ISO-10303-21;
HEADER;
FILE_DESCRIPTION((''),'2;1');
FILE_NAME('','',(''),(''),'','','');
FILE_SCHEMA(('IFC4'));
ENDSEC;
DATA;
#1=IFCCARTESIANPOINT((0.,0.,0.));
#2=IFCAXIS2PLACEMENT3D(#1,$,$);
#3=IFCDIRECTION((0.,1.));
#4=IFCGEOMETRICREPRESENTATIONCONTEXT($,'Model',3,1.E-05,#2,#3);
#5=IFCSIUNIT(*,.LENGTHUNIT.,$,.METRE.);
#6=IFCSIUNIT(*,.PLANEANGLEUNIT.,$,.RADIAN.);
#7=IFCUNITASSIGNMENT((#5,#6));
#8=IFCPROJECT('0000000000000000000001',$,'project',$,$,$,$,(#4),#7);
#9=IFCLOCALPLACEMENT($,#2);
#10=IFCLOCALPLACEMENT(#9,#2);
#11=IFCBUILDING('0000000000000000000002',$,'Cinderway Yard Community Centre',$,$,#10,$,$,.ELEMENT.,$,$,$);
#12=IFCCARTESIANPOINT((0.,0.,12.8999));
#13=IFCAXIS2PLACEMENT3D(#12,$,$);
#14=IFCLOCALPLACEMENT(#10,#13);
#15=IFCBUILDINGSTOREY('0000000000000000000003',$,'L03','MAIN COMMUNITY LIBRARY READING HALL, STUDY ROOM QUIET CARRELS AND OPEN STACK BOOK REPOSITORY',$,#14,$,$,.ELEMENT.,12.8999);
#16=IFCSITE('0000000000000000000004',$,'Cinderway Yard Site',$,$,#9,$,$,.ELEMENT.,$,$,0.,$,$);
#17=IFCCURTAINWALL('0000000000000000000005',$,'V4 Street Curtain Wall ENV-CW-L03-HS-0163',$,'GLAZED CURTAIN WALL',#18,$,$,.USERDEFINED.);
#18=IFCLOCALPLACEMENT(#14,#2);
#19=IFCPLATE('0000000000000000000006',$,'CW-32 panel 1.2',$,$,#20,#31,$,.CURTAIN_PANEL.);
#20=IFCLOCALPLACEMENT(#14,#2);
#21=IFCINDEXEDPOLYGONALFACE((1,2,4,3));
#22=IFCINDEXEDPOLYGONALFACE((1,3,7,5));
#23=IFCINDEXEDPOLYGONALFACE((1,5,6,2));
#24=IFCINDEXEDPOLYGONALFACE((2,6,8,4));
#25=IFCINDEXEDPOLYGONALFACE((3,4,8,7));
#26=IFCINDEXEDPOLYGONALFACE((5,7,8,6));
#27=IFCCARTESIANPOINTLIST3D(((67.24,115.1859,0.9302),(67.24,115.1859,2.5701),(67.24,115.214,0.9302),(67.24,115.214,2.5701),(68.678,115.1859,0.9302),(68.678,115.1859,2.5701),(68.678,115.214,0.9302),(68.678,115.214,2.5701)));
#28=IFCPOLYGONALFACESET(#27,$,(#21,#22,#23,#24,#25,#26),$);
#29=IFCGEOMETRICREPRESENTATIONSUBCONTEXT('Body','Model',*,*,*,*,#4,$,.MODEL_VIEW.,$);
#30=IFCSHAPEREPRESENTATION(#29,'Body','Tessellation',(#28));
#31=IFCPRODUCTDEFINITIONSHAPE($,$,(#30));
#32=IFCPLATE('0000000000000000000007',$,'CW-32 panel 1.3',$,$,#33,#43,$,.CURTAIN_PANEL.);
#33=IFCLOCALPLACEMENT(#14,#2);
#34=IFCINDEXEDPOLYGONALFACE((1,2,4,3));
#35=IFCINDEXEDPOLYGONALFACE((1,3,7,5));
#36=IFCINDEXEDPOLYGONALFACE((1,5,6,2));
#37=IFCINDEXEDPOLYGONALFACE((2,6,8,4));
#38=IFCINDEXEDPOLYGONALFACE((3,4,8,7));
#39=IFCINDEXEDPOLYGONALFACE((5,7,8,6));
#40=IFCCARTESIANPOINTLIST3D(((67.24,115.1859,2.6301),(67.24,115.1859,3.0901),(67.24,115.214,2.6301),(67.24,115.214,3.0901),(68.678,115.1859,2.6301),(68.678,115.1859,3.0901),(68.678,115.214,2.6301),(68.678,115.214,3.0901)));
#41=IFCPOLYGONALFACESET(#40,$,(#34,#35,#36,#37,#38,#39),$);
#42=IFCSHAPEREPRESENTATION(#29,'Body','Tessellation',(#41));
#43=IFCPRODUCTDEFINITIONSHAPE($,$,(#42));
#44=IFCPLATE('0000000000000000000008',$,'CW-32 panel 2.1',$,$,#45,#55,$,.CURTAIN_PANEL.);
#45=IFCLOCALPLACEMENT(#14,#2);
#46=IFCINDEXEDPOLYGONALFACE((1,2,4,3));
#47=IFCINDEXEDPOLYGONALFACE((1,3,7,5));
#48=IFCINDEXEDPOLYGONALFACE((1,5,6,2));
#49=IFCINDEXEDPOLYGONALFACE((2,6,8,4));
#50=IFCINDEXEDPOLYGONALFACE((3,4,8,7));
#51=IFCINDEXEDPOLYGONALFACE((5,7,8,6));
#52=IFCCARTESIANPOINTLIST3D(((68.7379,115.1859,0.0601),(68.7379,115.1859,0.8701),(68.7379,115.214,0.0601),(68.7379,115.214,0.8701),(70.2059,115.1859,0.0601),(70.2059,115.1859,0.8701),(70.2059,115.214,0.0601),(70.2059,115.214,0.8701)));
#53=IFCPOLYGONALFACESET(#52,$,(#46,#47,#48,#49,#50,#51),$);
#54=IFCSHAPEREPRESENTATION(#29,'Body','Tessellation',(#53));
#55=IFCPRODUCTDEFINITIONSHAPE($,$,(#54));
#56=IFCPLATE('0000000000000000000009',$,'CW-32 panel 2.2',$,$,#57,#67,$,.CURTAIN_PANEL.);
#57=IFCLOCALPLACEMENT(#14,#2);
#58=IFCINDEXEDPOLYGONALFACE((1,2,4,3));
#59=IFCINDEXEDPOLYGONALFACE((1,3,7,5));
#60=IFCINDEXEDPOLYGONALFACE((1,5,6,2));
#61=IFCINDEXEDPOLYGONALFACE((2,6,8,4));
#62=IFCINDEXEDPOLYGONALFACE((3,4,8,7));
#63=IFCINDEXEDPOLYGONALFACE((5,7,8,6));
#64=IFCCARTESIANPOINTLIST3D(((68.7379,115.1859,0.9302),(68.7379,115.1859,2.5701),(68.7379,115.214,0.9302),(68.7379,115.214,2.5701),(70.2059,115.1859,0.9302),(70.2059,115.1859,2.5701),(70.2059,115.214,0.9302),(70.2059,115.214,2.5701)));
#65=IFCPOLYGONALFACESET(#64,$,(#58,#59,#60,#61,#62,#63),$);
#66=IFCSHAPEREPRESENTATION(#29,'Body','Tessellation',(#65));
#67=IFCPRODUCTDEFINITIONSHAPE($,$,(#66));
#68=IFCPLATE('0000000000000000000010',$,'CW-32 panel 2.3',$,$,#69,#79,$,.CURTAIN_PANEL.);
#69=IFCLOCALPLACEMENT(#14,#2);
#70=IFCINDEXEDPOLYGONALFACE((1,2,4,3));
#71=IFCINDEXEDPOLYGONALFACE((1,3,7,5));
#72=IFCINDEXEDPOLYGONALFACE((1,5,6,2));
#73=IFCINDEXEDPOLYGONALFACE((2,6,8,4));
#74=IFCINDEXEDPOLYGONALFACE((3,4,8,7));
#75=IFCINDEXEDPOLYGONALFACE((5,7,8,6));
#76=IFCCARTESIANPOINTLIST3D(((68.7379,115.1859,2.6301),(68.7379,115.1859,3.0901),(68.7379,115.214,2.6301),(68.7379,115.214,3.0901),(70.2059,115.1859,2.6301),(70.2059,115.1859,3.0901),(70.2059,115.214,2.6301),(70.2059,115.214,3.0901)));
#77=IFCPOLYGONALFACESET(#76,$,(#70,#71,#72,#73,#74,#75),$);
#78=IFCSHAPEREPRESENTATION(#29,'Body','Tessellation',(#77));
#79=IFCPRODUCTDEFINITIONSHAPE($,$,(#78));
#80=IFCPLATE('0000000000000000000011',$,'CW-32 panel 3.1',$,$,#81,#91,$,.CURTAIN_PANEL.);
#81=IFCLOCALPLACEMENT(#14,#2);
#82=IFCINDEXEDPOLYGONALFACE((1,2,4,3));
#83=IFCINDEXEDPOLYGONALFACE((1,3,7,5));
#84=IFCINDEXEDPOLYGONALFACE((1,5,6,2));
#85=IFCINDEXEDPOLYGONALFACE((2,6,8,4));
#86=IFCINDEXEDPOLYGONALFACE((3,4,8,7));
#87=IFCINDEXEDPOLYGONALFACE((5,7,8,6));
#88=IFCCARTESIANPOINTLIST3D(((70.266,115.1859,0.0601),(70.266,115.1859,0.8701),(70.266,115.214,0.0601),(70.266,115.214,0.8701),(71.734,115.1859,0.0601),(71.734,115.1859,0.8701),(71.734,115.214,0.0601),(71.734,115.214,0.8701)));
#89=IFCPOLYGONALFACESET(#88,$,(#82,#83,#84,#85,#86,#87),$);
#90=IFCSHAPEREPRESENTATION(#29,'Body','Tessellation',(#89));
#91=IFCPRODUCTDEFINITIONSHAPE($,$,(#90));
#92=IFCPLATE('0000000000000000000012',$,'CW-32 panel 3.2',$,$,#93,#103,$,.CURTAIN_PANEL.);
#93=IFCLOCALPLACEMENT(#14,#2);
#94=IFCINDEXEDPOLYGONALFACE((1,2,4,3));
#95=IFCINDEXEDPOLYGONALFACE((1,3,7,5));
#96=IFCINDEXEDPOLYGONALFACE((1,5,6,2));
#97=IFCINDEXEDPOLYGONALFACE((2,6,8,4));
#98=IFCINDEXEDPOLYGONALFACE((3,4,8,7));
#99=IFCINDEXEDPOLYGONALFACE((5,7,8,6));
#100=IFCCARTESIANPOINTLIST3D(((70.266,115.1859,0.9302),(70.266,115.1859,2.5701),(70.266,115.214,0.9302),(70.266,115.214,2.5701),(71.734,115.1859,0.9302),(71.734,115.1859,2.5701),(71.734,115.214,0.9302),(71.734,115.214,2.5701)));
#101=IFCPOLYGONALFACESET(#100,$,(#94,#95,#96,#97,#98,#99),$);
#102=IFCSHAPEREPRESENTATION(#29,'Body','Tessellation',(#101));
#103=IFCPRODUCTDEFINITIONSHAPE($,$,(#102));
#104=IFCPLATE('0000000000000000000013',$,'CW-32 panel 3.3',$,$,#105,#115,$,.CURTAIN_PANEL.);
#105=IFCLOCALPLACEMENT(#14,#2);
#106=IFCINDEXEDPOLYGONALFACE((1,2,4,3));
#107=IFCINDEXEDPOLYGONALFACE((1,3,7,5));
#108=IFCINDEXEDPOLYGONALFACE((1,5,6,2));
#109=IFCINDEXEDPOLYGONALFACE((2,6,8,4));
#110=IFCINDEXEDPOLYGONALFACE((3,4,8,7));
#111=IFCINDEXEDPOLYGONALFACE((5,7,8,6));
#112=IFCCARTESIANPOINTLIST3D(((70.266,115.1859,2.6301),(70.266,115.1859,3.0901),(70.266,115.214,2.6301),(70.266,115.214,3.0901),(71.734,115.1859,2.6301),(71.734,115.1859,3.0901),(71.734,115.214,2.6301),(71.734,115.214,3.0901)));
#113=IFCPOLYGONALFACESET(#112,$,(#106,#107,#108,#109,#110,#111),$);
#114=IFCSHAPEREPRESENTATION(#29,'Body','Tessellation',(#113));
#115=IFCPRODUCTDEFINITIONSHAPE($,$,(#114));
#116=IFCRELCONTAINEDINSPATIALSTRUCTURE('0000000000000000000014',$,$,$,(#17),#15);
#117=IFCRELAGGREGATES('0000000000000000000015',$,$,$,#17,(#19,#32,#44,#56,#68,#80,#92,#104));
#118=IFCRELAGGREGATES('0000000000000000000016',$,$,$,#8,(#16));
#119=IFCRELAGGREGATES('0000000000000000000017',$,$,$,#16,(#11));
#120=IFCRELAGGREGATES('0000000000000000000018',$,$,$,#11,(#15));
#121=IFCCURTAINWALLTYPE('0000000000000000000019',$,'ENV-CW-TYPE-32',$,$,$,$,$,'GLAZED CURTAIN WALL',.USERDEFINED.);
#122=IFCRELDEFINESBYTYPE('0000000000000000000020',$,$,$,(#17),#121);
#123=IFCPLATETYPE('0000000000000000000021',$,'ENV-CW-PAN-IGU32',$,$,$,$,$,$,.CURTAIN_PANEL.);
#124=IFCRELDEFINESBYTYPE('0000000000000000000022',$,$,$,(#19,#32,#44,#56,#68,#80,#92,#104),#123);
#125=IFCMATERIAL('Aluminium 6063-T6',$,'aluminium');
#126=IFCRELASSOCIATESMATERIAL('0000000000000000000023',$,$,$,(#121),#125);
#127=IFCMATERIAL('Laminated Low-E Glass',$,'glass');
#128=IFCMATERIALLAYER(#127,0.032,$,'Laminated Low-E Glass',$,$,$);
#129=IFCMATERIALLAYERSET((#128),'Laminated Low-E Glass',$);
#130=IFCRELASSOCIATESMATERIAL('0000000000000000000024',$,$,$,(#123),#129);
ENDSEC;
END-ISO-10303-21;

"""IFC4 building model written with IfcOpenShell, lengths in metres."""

from ifc_helpers import new_model, si_unit, direction, frame, origin, origin_2d, place, context, subcontext, project, spatial, rectangle, extrude, material, layer, layer_set, type_object, element, aggregate, save


model = new_model("IFC4")

# Units and contexts
model_context = context("Model", 3, precision=1e-05, world=origin(), true_north=direction((0.0, 1.0)))
body_context = subcontext(model_context, "Body", "Model", "MODEL_VIEW")
ifc_project = project(units=[si_unit("LENGTHUNIT", "METRE"), si_unit("PLANEANGLEUNIT", "RADIAN")], contexts=[model_context])

# Site, building, storey
site_placement = place(None, origin())
site = spatial("IfcSite", under=ifc_project, at=site_placement, Name="Cinderway Yard Site", CompositionType="ELEMENT", RefElevation=0.0)
building_placement = place(site_placement, origin())
building = spatial("IfcBuilding", under=site, at=building_placement, Name="Cinderway Yard Community Centre", CompositionType="ELEMENT")
storey_placement = place(building_placement, frame((0.0, 0.0, 12.8999)))
storey = spatial("IfcBuildingStorey", under=building, at=storey_placement, Name="L03", Description="MAIN COMMUNITY LIBRARY READING HALL, STUDY ROOM QUIET CARRELS AND OPEN STACK BOOK REPOSITORY", CompositionType="ELEMENT", Elevation=12.8999)

# Curtain wall, plates
ifc_material_1 = material(Name="Aluminium 6063-T6", Category="aluminium")
curtain_wall_type = type_object("IfcCurtainWallType", Name="ENV-CW-TYPE-32", ElementType="GLAZED CURTAIN WALL", PredefinedType="USERDEFINED", material=ifc_material_1)
curtain_wall_placement = place(storey_placement, origin())
curtain_wall = element("IfcCurtainWall", 1, at=curtain_wall_placement, inside=storey, type_object=curtain_wall_type, Name="V4 Street Curtain Wall ENV-CW-L03-HS-0163", ObjectType="GLAZED CURTAIN WALL", PredefinedType="USERDEFINED")
ifc_material_2 = material(Name="Laminated Low-E Glass", Category="glass")
ifc_layer = layer(ifc_material_2, 0.032, Name="Laminated Low-E Glass")
ifc_layer_set = layer_set([ifc_layer], Name="Laminated Low-E Glass")
plate_type = type_object("IfcPlateType", Name="ENV-CW-PAN-IGU32", PredefinedType="CURTAIN_PANEL", material=ifc_layer_set)
plate_1_placement = place(storey_placement, frame((67.959, 115.2, 0.9302), z_axis=(0.0, 0.0, 1.0), x_axis=(1.0, 0.0, 0.0)))
plate_1 = element("IfcPlate", 2, at=plate_1_placement, type_object=plate_type, Name="CW-32 panel 1.2", PredefinedType="CURTAIN_PANEL", context=body_context, shape_type="SweptSolid", body=[
    extrude(rectangle(XDim=1.438, YDim=0.0281, at=origin_2d()), origin(), (0.0, 0.0, 1.0), 1.6399),
])
plate_2_placement = place(storey_placement, frame((67.959, 115.2, 2.6301), z_axis=(0.0, 0.0, 1.0), x_axis=(1.0, 0.0, 0.0)))
plate_2 = element("IfcPlate", 3, at=plate_2_placement, type_object=plate_type, Name="CW-32 panel 1.3", PredefinedType="CURTAIN_PANEL", context=body_context, shape_type="SweptSolid", body=[
    extrude(rectangle(XDim=1.438, YDim=0.0281, at=origin_2d()), origin(), (0.0, 0.0, 1.0), 0.46),
])
plate_3_placement = place(storey_placement, frame((69.4719, 115.2, 0.0601), z_axis=(0.0, 0.0, 1.0), x_axis=(1.0, 0.0, 0.0)))
plate_3 = element("IfcPlate", 4, at=plate_3_placement, type_object=plate_type, Name="CW-32 panel 2.1", PredefinedType="CURTAIN_PANEL", context=body_context, shape_type="SweptSolid", body=[
    extrude(rectangle(XDim=1.468, YDim=0.0281, at=origin_2d()), origin(), (0.0, 0.0, 1.0), 0.8101),
])
plate_4_placement = place(storey_placement, frame((69.4719, 115.2, 0.9302), z_axis=(0.0, 0.0, 1.0), x_axis=(1.0, 0.0, 0.0)))
plate_4 = element("IfcPlate", 5, at=plate_4_placement, type_object=plate_type, Name="CW-32 panel 2.2", PredefinedType="CURTAIN_PANEL", context=body_context, shape_type="SweptSolid", body=[
    extrude(rectangle(XDim=1.468, YDim=0.0281, at=origin_2d()), origin(), (0.0, 0.0, 1.0), 1.6399),
])
plate_5_placement = place(storey_placement, frame((69.4719, 115.2, 2.6301), z_axis=(0.0, 0.0, 1.0), x_axis=(1.0, 0.0, 0.0)))
plate_5 = element("IfcPlate", 6, at=plate_5_placement, type_object=plate_type, Name="CW-32 panel 2.3", PredefinedType="CURTAIN_PANEL", context=body_context, shape_type="SweptSolid", body=[
    extrude(rectangle(XDim=1.468, YDim=0.0281, at=origin_2d()), origin(), (0.0, 0.0, 1.0), 0.46),
])
plate_6_placement = place(storey_placement, frame((71.0, 115.2, 0.0601), z_axis=(0.0, 0.0, 1.0), x_axis=(1.0, 0.0, 0.0)))
plate_6 = element("IfcPlate", 7, at=plate_6_placement, type_object=plate_type, Name="CW-32 panel 3.1", PredefinedType="CURTAIN_PANEL", context=body_context, shape_type="SweptSolid", body=[
    extrude(rectangle(XDim=1.468, YDim=0.0281, at=origin_2d()), origin(), (0.0, 0.0, 1.0), 0.8101),
])
plate_7_placement = place(storey_placement, frame((71.0, 115.2, 0.9302), z_axis=(0.0, 0.0, 1.0), x_axis=(1.0, 0.0, 0.0)))
plate_7 = element("IfcPlate", 8, at=plate_7_placement, type_object=plate_type, Name="CW-32 panel 3.2", PredefinedType="CURTAIN_PANEL", context=body_context, shape_type="SweptSolid", body=[
    extrude(rectangle(XDim=1.468, YDim=0.0281, at=origin_2d()), origin(), (0.0, 0.0, 1.0), 1.6399),
])
plate_8_placement = place(storey_placement, frame((71.0, 115.2, 2.6301), z_axis=(0.0, 0.0, 1.0), x_axis=(1.0, 0.0, 0.0)))
plate_8 = element("IfcPlate", 9, at=plate_8_placement, type_object=plate_type, Name="CW-32 panel 3.3", PredefinedType="CURTAIN_PANEL", context=body_context, shape_type="SweptSolid", body=[
    extrude(rectangle(XDim=1.468, YDim=0.0281, at=origin_2d()), origin(), (0.0, 0.0, 1.0), 0.46),
])
aggregate(curtain_wall, [plate_1, plate_2, plate_3, plate_4, plate_5, plate_6, plate_7, plate_8])

save(model, "model.ifc")
